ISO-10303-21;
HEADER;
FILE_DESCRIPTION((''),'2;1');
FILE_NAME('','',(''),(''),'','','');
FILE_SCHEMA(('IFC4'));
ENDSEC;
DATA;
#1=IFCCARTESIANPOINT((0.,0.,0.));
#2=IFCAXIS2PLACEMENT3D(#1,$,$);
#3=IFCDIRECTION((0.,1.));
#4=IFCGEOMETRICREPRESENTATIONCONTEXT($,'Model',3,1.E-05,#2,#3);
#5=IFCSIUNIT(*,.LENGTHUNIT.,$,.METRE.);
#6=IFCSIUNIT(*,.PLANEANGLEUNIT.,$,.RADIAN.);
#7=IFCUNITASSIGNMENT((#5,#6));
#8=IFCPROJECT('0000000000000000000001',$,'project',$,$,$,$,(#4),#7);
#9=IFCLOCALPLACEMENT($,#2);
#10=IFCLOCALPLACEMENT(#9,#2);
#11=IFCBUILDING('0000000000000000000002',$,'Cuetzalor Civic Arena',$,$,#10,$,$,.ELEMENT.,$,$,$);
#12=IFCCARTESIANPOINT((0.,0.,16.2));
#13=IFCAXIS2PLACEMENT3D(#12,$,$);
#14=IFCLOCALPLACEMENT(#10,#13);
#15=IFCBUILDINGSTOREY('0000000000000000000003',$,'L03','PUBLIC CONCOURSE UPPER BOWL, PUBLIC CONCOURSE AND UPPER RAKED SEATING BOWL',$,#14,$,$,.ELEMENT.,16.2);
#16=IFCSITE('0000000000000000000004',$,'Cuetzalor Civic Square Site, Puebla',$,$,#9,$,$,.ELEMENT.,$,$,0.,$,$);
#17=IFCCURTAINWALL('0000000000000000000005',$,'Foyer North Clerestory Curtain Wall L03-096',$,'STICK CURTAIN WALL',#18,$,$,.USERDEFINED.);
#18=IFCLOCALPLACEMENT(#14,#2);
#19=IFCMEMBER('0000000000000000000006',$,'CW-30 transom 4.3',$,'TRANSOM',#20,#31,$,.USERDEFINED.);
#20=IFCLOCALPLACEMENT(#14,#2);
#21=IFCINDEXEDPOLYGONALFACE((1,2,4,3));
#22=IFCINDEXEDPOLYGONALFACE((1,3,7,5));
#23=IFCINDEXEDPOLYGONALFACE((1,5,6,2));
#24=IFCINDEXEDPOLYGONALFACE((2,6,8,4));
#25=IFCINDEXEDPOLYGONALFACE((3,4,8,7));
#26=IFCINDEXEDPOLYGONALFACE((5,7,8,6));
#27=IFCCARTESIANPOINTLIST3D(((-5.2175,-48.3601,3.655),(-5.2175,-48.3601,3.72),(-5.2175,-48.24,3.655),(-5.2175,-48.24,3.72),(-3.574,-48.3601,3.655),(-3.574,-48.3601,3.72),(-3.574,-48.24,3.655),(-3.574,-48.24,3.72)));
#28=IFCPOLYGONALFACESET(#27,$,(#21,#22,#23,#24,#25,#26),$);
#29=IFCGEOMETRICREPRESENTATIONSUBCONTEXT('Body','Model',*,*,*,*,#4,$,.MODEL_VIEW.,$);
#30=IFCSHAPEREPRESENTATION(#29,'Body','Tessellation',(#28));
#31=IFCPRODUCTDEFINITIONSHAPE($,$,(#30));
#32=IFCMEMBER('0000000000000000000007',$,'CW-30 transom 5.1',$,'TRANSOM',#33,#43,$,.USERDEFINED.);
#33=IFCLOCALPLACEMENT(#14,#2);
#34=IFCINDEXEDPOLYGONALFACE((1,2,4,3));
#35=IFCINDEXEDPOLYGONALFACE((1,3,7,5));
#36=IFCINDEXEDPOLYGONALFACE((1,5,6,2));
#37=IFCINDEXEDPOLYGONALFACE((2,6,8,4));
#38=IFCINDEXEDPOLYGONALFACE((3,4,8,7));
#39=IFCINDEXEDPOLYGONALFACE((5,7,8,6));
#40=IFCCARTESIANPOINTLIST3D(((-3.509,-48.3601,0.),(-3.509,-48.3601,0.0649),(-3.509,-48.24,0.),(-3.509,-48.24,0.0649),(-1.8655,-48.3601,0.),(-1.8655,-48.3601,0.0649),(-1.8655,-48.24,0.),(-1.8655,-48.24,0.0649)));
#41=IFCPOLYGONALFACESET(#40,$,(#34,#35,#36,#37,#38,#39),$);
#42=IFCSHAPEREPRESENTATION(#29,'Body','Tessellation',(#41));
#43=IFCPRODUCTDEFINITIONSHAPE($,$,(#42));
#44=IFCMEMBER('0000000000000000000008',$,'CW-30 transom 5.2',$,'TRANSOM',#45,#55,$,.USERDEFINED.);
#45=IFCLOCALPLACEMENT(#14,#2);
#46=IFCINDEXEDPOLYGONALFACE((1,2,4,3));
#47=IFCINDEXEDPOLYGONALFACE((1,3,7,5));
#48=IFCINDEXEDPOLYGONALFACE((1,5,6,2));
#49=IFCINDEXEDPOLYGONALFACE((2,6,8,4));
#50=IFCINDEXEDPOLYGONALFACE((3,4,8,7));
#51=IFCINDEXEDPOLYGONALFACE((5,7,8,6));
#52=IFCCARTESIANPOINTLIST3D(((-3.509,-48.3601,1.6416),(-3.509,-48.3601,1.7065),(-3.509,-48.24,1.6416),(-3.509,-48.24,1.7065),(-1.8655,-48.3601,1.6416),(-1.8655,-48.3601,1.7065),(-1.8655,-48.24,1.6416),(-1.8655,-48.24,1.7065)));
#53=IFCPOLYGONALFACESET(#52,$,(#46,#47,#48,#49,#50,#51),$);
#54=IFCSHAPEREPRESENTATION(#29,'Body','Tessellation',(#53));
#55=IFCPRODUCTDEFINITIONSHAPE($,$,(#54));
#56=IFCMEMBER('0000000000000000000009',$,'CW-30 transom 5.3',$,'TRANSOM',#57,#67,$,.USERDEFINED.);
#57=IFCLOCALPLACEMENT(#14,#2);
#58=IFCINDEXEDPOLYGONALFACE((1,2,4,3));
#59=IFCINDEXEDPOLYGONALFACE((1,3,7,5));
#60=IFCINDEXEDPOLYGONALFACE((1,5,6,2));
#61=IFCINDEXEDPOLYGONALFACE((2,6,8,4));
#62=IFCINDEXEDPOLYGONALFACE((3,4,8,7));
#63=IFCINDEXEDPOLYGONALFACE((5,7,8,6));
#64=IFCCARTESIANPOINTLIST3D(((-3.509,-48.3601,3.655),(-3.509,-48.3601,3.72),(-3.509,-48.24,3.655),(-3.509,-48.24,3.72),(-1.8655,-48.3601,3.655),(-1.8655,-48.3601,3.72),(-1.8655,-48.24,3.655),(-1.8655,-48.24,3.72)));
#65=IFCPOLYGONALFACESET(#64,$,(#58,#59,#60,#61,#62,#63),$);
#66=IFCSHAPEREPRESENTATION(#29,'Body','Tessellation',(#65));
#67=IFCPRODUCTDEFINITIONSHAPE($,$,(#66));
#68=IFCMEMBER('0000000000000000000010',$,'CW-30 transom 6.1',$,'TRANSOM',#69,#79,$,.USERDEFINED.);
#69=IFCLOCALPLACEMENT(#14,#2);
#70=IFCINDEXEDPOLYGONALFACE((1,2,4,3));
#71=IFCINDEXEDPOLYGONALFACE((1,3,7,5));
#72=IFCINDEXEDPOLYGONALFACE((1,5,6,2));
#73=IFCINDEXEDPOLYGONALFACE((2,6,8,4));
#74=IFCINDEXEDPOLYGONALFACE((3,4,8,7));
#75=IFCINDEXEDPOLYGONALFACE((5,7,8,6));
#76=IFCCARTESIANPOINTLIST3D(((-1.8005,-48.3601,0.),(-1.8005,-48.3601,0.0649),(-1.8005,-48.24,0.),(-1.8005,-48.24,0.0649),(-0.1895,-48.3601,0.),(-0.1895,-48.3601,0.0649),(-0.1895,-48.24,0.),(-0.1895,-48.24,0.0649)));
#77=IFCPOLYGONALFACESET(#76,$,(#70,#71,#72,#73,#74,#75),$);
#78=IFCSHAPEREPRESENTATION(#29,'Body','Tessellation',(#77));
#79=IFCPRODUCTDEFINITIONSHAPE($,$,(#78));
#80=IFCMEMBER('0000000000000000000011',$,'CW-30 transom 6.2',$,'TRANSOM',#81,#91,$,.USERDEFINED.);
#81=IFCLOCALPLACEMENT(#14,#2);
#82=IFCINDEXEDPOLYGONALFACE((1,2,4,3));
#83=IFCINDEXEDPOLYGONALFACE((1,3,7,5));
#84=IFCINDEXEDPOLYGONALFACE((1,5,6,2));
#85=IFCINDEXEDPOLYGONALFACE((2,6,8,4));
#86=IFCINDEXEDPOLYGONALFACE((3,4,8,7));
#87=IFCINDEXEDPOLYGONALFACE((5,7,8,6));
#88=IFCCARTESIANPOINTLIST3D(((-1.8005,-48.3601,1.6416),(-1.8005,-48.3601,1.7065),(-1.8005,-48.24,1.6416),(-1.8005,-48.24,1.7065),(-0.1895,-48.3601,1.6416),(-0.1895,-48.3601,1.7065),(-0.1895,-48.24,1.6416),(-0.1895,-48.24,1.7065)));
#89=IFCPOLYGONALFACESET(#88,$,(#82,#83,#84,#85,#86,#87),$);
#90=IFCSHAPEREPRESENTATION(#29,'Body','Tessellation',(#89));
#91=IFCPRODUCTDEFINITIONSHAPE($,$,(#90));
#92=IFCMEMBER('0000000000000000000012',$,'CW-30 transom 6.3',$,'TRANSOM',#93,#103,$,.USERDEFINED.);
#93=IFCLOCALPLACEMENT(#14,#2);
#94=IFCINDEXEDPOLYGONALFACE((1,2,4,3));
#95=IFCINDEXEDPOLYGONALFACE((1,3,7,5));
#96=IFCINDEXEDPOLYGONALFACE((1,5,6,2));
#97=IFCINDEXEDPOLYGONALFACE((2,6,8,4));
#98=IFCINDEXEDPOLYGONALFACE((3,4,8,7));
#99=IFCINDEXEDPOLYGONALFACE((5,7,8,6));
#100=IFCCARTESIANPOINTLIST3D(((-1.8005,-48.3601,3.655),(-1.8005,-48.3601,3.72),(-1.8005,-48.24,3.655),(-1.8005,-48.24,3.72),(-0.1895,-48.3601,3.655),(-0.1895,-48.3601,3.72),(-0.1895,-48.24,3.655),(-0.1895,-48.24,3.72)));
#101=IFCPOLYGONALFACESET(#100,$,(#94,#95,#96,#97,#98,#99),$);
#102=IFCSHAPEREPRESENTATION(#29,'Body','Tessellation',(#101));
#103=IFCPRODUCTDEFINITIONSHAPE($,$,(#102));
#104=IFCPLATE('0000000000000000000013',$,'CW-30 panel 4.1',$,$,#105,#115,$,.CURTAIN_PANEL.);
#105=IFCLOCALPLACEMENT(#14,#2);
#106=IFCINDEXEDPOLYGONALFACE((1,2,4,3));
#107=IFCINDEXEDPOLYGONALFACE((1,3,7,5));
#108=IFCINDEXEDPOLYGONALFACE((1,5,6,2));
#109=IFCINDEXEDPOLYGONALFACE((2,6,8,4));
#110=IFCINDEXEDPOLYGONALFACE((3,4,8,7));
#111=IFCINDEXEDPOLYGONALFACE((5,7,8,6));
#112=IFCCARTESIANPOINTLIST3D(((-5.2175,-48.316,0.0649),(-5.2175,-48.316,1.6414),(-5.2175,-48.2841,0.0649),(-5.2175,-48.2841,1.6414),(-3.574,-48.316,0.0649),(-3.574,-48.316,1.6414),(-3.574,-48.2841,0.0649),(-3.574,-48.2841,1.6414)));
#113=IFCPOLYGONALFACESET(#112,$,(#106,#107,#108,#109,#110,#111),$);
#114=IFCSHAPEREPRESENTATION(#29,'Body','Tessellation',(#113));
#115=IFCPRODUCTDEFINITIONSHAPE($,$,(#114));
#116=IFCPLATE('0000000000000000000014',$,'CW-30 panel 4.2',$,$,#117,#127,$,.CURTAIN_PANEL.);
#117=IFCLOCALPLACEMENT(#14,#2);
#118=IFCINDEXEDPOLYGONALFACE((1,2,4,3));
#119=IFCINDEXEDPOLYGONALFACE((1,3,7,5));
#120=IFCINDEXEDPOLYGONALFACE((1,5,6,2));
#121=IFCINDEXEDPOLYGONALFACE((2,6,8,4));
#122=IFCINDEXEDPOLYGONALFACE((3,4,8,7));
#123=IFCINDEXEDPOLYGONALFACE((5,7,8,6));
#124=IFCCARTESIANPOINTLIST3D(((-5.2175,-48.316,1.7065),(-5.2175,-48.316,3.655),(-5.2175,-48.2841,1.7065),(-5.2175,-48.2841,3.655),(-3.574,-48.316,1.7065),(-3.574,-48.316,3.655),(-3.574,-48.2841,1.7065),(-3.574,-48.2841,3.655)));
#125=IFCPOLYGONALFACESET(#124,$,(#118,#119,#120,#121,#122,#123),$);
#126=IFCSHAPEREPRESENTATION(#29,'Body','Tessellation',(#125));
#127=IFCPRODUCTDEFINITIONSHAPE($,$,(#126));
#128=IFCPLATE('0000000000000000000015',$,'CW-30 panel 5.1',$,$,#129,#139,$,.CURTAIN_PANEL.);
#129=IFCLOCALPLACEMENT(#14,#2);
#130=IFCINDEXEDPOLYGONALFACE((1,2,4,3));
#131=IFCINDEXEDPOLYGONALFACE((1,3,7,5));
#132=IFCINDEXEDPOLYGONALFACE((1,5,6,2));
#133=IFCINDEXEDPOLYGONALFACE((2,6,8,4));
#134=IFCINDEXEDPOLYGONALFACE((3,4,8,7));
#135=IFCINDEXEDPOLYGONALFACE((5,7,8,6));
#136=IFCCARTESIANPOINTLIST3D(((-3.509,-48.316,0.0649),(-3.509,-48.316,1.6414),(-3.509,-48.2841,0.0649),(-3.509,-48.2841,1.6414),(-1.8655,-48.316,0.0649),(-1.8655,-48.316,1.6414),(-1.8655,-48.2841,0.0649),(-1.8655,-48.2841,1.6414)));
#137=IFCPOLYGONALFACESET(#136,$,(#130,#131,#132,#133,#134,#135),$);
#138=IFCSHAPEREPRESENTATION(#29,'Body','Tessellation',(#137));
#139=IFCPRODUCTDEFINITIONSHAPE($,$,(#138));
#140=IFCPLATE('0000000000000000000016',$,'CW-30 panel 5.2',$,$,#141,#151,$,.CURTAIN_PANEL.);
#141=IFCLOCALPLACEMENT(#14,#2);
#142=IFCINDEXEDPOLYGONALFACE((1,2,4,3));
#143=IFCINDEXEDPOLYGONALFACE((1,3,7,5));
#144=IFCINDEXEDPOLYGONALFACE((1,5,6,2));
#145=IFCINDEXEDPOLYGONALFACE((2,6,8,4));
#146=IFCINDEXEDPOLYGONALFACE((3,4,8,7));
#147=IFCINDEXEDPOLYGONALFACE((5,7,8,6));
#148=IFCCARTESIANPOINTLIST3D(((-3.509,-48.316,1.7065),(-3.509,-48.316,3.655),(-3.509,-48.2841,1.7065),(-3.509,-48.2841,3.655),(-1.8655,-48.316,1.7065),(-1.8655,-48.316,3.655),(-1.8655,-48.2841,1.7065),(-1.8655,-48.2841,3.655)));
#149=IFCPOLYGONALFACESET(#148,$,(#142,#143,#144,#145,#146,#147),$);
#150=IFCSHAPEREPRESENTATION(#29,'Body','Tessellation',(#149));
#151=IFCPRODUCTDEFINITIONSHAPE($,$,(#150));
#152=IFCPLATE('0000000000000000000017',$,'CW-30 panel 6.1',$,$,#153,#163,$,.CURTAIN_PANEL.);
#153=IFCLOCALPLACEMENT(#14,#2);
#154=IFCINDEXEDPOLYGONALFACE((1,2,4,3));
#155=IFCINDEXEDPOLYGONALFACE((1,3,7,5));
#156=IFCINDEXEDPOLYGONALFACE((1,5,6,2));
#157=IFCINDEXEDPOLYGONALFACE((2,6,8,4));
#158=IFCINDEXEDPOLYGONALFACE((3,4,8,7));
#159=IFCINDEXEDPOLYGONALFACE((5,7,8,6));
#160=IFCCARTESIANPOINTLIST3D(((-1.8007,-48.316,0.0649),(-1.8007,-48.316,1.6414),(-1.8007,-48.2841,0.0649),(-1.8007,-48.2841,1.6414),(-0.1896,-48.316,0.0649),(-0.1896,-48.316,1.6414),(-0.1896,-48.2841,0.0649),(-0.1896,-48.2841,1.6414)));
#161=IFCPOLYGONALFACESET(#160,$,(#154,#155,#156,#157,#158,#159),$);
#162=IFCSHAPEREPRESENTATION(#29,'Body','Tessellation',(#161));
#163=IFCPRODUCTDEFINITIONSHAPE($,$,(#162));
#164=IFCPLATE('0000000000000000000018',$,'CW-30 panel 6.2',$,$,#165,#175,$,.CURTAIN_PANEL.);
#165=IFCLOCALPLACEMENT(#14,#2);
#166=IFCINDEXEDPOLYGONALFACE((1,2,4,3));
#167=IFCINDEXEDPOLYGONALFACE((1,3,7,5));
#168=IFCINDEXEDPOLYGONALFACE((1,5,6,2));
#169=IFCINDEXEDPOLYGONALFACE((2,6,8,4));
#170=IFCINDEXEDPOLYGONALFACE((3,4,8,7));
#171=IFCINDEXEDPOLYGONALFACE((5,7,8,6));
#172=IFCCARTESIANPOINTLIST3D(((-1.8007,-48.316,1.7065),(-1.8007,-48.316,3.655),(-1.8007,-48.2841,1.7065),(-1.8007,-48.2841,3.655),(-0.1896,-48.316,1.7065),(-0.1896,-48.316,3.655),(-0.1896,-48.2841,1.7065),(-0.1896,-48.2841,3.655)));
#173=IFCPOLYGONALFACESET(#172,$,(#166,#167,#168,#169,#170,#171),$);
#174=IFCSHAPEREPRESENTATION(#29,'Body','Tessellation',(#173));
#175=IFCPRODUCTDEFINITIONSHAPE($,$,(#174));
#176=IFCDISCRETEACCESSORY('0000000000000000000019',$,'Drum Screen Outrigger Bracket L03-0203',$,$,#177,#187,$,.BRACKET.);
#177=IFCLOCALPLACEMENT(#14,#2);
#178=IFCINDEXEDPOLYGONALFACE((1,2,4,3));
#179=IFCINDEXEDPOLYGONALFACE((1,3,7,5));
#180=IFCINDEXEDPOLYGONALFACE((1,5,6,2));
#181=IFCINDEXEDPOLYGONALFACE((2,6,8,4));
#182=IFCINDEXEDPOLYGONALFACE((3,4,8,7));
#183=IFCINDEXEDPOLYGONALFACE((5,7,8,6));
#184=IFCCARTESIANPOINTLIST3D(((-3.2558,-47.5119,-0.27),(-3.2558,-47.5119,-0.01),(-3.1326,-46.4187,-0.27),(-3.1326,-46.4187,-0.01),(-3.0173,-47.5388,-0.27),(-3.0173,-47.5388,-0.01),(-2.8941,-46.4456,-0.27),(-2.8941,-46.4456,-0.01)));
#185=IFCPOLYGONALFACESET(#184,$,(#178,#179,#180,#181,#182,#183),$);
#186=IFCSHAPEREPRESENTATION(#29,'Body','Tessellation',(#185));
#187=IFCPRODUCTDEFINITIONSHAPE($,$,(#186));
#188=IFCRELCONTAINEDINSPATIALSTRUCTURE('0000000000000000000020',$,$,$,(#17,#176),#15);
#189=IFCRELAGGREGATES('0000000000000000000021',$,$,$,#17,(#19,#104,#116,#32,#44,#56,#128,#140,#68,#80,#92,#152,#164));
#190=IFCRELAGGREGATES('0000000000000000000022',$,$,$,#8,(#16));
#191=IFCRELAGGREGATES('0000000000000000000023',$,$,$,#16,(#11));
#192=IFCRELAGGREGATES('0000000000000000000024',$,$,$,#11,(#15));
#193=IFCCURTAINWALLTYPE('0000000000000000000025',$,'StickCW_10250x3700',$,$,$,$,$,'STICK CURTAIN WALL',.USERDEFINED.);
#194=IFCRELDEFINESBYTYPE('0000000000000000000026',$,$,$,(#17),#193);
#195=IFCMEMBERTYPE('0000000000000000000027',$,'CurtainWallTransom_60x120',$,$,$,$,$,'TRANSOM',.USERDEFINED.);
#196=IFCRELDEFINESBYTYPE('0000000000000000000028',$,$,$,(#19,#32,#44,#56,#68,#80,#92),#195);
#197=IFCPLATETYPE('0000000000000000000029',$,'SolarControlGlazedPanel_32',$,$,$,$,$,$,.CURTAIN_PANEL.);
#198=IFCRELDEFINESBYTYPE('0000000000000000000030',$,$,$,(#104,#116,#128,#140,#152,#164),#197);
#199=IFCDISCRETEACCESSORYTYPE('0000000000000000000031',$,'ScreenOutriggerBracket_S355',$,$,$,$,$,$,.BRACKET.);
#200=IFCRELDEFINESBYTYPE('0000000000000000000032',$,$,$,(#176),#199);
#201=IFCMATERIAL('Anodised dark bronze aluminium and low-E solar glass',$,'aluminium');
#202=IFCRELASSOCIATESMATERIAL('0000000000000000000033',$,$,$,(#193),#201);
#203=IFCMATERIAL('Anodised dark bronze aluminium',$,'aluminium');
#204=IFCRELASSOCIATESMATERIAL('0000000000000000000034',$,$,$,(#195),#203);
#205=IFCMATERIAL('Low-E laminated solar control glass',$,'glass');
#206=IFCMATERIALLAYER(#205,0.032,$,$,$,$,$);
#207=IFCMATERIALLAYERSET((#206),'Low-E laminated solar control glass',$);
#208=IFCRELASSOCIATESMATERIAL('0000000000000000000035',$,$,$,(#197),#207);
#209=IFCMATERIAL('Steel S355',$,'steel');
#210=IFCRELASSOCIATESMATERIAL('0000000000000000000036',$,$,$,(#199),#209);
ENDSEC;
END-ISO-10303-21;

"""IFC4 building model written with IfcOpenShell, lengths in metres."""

from ifc_helpers import new_model, si_unit, direction, frame, origin, origin_2d, place, context, subcontext, project, spatial, rectangle, extrude, material, layer, layer_set, material_profile, profile_set, type_object, element, aggregate, save


model = new_model("IFC4")

# Units and contexts
model_context = context("Model", 3, precision=1e-05, world=origin(), true_north=direction((0.0, 1.0)))
body_context = subcontext(model_context, "Body", "Model", "MODEL_VIEW")
ifc_project = project(units=[si_unit("LENGTHUNIT", "METRE"), si_unit("PLANEANGLEUNIT", "RADIAN")], contexts=[model_context])

# Site, building, storey
site_placement = place(None, origin())
site = spatial("IfcSite", under=ifc_project, at=site_placement, Name="Cuetzalor Civic Square Site, Puebla", CompositionType="ELEMENT", RefElevation=0.0)
building_placement = place(site_placement, origin())
building = spatial("IfcBuilding", under=site, at=building_placement, Name="Cuetzalor Civic Arena", CompositionType="ELEMENT")
storey_placement = place(building_placement, frame((0.0, 0.0, 16.2)))
storey = spatial("IfcBuildingStorey", under=building, at=storey_placement, Name="L03", Description="PUBLIC CONCOURSE UPPER BOWL, PUBLIC CONCOURSE AND UPPER RAKED SEATING BOWL", CompositionType="ELEMENT", Elevation=16.2)

# Curtain wall
ifc_material_1 = material(Name="Anodised dark bronze aluminium and low-E solar glass", Category="aluminium")
curtain_wall_type_1 = type_object("IfcCurtainWallType", Name="StickCW_10250x3700", ElementType="STICK CURTAIN WALL", PredefinedType="USERDEFINED", material=ifc_material_1)
curtain_wall_1_placement = place(storey_placement, origin())
curtain_wall_1 = element("IfcCurtainWall", 1, at=curtain_wall_1_placement, inside=storey, type_object=curtain_wall_type_1, Name="Foyer North Clerestory Curtain Wall L03-096", ObjectType="STICK CURTAIN WALL", PredefinedType="USERDEFINED")

# Members
ifc_material_2 = material(Name="Anodised dark bronze aluminium", Category="aluminium")
ifc_material_profile_1 = material_profile(ifc_material_2, rectangle(XDim=0.1201, YDim=0.0649, at=origin_2d()), Name="ALU TRANSOM 65x120")
ifc_profile_set_1 = profile_set([ifc_material_profile_1], Name="Anodised dark bronze aluminium")
member_type_1 = type_object("IfcMemberType", Name="CurtainWallTransom_60x120", ElementType="TRANSOM", PredefinedType="USERDEFINED", material=ifc_profile_set_1)
member_1_placement = place(storey_placement, frame((-5.2175, -48.3, 3.6875), z_axis=(1.0, 0.0, 0.0), x_axis=(0.0, 1.0, 0.0)))
member_1 = element("IfcMember", 2, at=member_1_placement, type_object=member_type_1, Name="CW-30 transom 4.3", ObjectType="TRANSOM", PredefinedType="USERDEFINED", context=body_context, shape_type="SweptSolid", body=[
    extrude(rectangle(XDim=0.1201, YDim=0.0649, at=origin_2d()), origin(), (0.0, 0.0, 1.0), 1.6436),
])
member_2_placement = place(storey_placement, frame((-3.509, -48.3, 0.0325), z_axis=(1.0, 0.0, 0.0), x_axis=(0.0, 1.0, 0.0)))
member_2 = element("IfcMember", 3, at=member_2_placement, type_object=member_type_1, Name="CW-30 transom 5.1", ObjectType="TRANSOM", PredefinedType="USERDEFINED", context=body_context, shape_type="SweptSolid", body=[
    extrude(rectangle(XDim=0.1201, YDim=0.0649, at=origin_2d()), origin(), (0.0, 0.0, 1.0), 1.6436),
])
member_3_placement = place(storey_placement, frame((-3.509, -48.3, 1.6741), z_axis=(1.0, 0.0, 0.0), x_axis=(0.0, 1.0, 0.0)))
member_3 = element("IfcMember", 4, at=member_3_placement, type_object=member_type_1, Name="CW-30 transom 5.2", ObjectType="TRANSOM", PredefinedType="USERDEFINED", context=body_context, shape_type="SweptSolid", body=[
    extrude(rectangle(XDim=0.1201, YDim=0.0649, at=origin_2d()), origin(), (0.0, 0.0, 1.0), 1.6436),
])
member_4_placement = place(storey_placement, frame((-3.509, -48.3, 3.6875), z_axis=(1.0, 0.0, 0.0), x_axis=(0.0, 1.0, 0.0)))
member_4 = element("IfcMember", 5, at=member_4_placement, type_object=member_type_1, Name="CW-30 transom 5.3", ObjectType="TRANSOM", PredefinedType="USERDEFINED", context=body_context, shape_type="SweptSolid", body=[
    extrude(rectangle(XDim=0.1201, YDim=0.0649, at=origin_2d()), origin(), (0.0, 0.0, 1.0), 1.6436),
])
member_5_placement = place(storey_placement, frame((-1.8005, -48.3, 0.0325), z_axis=(1.0, 0.0, 0.0), x_axis=(0.0, 1.0, 0.0)))
member_5 = element("IfcMember", 6, at=member_5_placement, type_object=member_type_1, Name="CW-30 transom 6.1", ObjectType="TRANSOM", PredefinedType="USERDEFINED", context=body_context, shape_type="SweptSolid", body=[
    extrude(rectangle(XDim=0.1201, YDim=0.0649, at=origin_2d()), origin(), (0.0, 0.0, 1.0), 1.6111),
])
member_6_placement = place(storey_placement, frame((-1.8005, -48.3, 1.6741), z_axis=(1.0, 0.0, 0.0), x_axis=(0.0, 1.0, 0.0)))
member_6 = element("IfcMember", 7, at=member_6_placement, type_object=member_type_1, Name="CW-30 transom 6.2", ObjectType="TRANSOM", PredefinedType="USERDEFINED", context=body_context, shape_type="SweptSolid", body=[
    extrude(rectangle(XDim=0.1201, YDim=0.0649, at=origin_2d()), origin(), (0.0, 0.0, 1.0), 1.6111),
])
member_7_placement = place(storey_placement, frame((-1.8005, -48.3, 3.6875), z_axis=(1.0, 0.0, 0.0), x_axis=(0.0, 1.0, 0.0)))
member_7 = element("IfcMember", 8, at=member_7_placement, type_object=member_type_1, Name="CW-30 transom 6.3", ObjectType="TRANSOM", PredefinedType="USERDEFINED", context=body_context, shape_type="SweptSolid", body=[
    extrude(rectangle(XDim=0.1201, YDim=0.0649, at=origin_2d()), origin(), (0.0, 0.0, 1.0), 1.6111),
])

# Plates
ifc_material_3 = material(Name="Low-E laminated solar control glass", Category="glass")
ifc_layer = layer(ifc_material_3, 0.032)
ifc_layer_set = layer_set([ifc_layer], Name="Low-E laminated solar control glass")
plate_type = type_object("IfcPlateType", Name="SolarControlGlazedPanel_32", PredefinedType="CURTAIN_PANEL", material=ifc_layer_set)
plate_1_placement = place(storey_placement, frame((-4.3958, -48.3, 0.0649), z_axis=(0.0, 0.0, 1.0), x_axis=(1.0, 0.0, 0.0)))
plate_1 = element("IfcPlate", 9, at=plate_1_placement, type_object=plate_type, Name="CW-30 panel 4.1", PredefinedType="CURTAIN_PANEL", context=body_context, shape_type="SweptSolid", body=[
    extrude(rectangle(XDim=1.6436, YDim=0.032, at=origin_2d()), origin(), (0.0, 0.0, 1.0), 1.5764),
])
plate_2_placement = place(storey_placement, frame((-4.3958, -48.3, 1.7065), z_axis=(0.0, 0.0, 1.0), x_axis=(1.0, 0.0, 0.0)))
plate_2 = element("IfcPlate", 10, at=plate_2_placement, type_object=plate_type, Name="CW-30 panel 4.2", PredefinedType="CURTAIN_PANEL", context=body_context, shape_type="SweptSolid", body=[
    extrude(rectangle(XDim=1.6436, YDim=0.032, at=origin_2d()), origin(), (0.0, 0.0, 1.0), 1.9485),
])
plate_3_placement = place(storey_placement, frame((-2.6873, -48.3, 0.0649), z_axis=(0.0, 0.0, 1.0), x_axis=(1.0, 0.0, 0.0)))
plate_3 = element("IfcPlate", 11, at=plate_3_placement, type_object=plate_type, Name="CW-30 panel 5.1", PredefinedType="CURTAIN_PANEL", context=body_context, shape_type="SweptSolid", body=[
    extrude(rectangle(XDim=1.6436, YDim=0.032, at=origin_2d()), origin(), (0.0, 0.0, 1.0), 1.5764),
])
plate_4_placement = place(storey_placement, frame((-2.6873, -48.3, 1.7065), z_axis=(0.0, 0.0, 1.0), x_axis=(1.0, 0.0, 0.0)))
plate_4 = element("IfcPlate", 12, at=plate_4_placement, type_object=plate_type, Name="CW-30 panel 5.2", PredefinedType="CURTAIN_PANEL", context=body_context, shape_type="SweptSolid", body=[
    extrude(rectangle(XDim=1.6436, YDim=0.032, at=origin_2d()), origin(), (0.0, 0.0, 1.0), 1.9485),
])
plate_5_placement = place(storey_placement, frame((-0.9951, -48.3, 0.0649), z_axis=(0.0, 0.0, 1.0), x_axis=(1.0, 0.0, 0.0)))
plate_5 = element("IfcPlate", 13, at=plate_5_placement, type_object=plate_type, Name="CW-30 panel 6.1", PredefinedType="CURTAIN_PANEL", context=body_context, shape_type="SweptSolid", body=[
    extrude(rectangle(XDim=1.6111, YDim=0.032, at=origin_2d()), origin(), (0.0, 0.0, 1.0), 1.5764),
])
plate_6_placement = place(storey_placement, frame((-0.9951, -48.3, 1.7065), z_axis=(0.0, 0.0, 1.0), x_axis=(1.0, 0.0, 0.0)))
plate_6 = element("IfcPlate", 14, at=plate_6_placement, type_object=plate_type, Name="CW-30 panel 6.2", PredefinedType="CURTAIN_PANEL", context=body_context, shape_type="SweptSolid", body=[
    extrude(rectangle(XDim=1.6111, YDim=0.032, at=origin_2d()), origin(), (0.0, 0.0, 1.0), 1.9485),
])
aggregate(curtain_wall_1, [member_1, plate_1, plate_2, member_2, member_3, member_4, plate_3, plate_4, member_5, member_6, member_7, plate_5, plate_6])

# Discrete accessory
ifc_material_4 = material(Name="Steel S355", Category="steel")
discrete_accessory_type = type_object("IfcDiscreteAccessoryType", Name="ScreenOutriggerBracket_S355", PredefinedType="BRACKET", material=ifc_material_4)
discrete_accessory_placement = place(storey_placement, frame((-3.075, -46.9788, -0.27), z_axis=(0.0, 0.0, 1.0), x_axis=(-0.111989, -0.993709, 0.0)))
element("IfcDiscreteAccessory", 15, at=discrete_accessory_placement, inside=storey, type_object=discrete_accessory_type, Name="Drum Screen Outrigger Bracket L03-0203", PredefinedType="BRACKET", context=body_context, shape_type="SweptSolid", body=[
    extrude(rectangle(XDim=1.1001, YDim=0.24, at=origin_2d()), origin(), (0.0, 0.0, 1.0), 0.26),
])

save(model, "model.ifc")
